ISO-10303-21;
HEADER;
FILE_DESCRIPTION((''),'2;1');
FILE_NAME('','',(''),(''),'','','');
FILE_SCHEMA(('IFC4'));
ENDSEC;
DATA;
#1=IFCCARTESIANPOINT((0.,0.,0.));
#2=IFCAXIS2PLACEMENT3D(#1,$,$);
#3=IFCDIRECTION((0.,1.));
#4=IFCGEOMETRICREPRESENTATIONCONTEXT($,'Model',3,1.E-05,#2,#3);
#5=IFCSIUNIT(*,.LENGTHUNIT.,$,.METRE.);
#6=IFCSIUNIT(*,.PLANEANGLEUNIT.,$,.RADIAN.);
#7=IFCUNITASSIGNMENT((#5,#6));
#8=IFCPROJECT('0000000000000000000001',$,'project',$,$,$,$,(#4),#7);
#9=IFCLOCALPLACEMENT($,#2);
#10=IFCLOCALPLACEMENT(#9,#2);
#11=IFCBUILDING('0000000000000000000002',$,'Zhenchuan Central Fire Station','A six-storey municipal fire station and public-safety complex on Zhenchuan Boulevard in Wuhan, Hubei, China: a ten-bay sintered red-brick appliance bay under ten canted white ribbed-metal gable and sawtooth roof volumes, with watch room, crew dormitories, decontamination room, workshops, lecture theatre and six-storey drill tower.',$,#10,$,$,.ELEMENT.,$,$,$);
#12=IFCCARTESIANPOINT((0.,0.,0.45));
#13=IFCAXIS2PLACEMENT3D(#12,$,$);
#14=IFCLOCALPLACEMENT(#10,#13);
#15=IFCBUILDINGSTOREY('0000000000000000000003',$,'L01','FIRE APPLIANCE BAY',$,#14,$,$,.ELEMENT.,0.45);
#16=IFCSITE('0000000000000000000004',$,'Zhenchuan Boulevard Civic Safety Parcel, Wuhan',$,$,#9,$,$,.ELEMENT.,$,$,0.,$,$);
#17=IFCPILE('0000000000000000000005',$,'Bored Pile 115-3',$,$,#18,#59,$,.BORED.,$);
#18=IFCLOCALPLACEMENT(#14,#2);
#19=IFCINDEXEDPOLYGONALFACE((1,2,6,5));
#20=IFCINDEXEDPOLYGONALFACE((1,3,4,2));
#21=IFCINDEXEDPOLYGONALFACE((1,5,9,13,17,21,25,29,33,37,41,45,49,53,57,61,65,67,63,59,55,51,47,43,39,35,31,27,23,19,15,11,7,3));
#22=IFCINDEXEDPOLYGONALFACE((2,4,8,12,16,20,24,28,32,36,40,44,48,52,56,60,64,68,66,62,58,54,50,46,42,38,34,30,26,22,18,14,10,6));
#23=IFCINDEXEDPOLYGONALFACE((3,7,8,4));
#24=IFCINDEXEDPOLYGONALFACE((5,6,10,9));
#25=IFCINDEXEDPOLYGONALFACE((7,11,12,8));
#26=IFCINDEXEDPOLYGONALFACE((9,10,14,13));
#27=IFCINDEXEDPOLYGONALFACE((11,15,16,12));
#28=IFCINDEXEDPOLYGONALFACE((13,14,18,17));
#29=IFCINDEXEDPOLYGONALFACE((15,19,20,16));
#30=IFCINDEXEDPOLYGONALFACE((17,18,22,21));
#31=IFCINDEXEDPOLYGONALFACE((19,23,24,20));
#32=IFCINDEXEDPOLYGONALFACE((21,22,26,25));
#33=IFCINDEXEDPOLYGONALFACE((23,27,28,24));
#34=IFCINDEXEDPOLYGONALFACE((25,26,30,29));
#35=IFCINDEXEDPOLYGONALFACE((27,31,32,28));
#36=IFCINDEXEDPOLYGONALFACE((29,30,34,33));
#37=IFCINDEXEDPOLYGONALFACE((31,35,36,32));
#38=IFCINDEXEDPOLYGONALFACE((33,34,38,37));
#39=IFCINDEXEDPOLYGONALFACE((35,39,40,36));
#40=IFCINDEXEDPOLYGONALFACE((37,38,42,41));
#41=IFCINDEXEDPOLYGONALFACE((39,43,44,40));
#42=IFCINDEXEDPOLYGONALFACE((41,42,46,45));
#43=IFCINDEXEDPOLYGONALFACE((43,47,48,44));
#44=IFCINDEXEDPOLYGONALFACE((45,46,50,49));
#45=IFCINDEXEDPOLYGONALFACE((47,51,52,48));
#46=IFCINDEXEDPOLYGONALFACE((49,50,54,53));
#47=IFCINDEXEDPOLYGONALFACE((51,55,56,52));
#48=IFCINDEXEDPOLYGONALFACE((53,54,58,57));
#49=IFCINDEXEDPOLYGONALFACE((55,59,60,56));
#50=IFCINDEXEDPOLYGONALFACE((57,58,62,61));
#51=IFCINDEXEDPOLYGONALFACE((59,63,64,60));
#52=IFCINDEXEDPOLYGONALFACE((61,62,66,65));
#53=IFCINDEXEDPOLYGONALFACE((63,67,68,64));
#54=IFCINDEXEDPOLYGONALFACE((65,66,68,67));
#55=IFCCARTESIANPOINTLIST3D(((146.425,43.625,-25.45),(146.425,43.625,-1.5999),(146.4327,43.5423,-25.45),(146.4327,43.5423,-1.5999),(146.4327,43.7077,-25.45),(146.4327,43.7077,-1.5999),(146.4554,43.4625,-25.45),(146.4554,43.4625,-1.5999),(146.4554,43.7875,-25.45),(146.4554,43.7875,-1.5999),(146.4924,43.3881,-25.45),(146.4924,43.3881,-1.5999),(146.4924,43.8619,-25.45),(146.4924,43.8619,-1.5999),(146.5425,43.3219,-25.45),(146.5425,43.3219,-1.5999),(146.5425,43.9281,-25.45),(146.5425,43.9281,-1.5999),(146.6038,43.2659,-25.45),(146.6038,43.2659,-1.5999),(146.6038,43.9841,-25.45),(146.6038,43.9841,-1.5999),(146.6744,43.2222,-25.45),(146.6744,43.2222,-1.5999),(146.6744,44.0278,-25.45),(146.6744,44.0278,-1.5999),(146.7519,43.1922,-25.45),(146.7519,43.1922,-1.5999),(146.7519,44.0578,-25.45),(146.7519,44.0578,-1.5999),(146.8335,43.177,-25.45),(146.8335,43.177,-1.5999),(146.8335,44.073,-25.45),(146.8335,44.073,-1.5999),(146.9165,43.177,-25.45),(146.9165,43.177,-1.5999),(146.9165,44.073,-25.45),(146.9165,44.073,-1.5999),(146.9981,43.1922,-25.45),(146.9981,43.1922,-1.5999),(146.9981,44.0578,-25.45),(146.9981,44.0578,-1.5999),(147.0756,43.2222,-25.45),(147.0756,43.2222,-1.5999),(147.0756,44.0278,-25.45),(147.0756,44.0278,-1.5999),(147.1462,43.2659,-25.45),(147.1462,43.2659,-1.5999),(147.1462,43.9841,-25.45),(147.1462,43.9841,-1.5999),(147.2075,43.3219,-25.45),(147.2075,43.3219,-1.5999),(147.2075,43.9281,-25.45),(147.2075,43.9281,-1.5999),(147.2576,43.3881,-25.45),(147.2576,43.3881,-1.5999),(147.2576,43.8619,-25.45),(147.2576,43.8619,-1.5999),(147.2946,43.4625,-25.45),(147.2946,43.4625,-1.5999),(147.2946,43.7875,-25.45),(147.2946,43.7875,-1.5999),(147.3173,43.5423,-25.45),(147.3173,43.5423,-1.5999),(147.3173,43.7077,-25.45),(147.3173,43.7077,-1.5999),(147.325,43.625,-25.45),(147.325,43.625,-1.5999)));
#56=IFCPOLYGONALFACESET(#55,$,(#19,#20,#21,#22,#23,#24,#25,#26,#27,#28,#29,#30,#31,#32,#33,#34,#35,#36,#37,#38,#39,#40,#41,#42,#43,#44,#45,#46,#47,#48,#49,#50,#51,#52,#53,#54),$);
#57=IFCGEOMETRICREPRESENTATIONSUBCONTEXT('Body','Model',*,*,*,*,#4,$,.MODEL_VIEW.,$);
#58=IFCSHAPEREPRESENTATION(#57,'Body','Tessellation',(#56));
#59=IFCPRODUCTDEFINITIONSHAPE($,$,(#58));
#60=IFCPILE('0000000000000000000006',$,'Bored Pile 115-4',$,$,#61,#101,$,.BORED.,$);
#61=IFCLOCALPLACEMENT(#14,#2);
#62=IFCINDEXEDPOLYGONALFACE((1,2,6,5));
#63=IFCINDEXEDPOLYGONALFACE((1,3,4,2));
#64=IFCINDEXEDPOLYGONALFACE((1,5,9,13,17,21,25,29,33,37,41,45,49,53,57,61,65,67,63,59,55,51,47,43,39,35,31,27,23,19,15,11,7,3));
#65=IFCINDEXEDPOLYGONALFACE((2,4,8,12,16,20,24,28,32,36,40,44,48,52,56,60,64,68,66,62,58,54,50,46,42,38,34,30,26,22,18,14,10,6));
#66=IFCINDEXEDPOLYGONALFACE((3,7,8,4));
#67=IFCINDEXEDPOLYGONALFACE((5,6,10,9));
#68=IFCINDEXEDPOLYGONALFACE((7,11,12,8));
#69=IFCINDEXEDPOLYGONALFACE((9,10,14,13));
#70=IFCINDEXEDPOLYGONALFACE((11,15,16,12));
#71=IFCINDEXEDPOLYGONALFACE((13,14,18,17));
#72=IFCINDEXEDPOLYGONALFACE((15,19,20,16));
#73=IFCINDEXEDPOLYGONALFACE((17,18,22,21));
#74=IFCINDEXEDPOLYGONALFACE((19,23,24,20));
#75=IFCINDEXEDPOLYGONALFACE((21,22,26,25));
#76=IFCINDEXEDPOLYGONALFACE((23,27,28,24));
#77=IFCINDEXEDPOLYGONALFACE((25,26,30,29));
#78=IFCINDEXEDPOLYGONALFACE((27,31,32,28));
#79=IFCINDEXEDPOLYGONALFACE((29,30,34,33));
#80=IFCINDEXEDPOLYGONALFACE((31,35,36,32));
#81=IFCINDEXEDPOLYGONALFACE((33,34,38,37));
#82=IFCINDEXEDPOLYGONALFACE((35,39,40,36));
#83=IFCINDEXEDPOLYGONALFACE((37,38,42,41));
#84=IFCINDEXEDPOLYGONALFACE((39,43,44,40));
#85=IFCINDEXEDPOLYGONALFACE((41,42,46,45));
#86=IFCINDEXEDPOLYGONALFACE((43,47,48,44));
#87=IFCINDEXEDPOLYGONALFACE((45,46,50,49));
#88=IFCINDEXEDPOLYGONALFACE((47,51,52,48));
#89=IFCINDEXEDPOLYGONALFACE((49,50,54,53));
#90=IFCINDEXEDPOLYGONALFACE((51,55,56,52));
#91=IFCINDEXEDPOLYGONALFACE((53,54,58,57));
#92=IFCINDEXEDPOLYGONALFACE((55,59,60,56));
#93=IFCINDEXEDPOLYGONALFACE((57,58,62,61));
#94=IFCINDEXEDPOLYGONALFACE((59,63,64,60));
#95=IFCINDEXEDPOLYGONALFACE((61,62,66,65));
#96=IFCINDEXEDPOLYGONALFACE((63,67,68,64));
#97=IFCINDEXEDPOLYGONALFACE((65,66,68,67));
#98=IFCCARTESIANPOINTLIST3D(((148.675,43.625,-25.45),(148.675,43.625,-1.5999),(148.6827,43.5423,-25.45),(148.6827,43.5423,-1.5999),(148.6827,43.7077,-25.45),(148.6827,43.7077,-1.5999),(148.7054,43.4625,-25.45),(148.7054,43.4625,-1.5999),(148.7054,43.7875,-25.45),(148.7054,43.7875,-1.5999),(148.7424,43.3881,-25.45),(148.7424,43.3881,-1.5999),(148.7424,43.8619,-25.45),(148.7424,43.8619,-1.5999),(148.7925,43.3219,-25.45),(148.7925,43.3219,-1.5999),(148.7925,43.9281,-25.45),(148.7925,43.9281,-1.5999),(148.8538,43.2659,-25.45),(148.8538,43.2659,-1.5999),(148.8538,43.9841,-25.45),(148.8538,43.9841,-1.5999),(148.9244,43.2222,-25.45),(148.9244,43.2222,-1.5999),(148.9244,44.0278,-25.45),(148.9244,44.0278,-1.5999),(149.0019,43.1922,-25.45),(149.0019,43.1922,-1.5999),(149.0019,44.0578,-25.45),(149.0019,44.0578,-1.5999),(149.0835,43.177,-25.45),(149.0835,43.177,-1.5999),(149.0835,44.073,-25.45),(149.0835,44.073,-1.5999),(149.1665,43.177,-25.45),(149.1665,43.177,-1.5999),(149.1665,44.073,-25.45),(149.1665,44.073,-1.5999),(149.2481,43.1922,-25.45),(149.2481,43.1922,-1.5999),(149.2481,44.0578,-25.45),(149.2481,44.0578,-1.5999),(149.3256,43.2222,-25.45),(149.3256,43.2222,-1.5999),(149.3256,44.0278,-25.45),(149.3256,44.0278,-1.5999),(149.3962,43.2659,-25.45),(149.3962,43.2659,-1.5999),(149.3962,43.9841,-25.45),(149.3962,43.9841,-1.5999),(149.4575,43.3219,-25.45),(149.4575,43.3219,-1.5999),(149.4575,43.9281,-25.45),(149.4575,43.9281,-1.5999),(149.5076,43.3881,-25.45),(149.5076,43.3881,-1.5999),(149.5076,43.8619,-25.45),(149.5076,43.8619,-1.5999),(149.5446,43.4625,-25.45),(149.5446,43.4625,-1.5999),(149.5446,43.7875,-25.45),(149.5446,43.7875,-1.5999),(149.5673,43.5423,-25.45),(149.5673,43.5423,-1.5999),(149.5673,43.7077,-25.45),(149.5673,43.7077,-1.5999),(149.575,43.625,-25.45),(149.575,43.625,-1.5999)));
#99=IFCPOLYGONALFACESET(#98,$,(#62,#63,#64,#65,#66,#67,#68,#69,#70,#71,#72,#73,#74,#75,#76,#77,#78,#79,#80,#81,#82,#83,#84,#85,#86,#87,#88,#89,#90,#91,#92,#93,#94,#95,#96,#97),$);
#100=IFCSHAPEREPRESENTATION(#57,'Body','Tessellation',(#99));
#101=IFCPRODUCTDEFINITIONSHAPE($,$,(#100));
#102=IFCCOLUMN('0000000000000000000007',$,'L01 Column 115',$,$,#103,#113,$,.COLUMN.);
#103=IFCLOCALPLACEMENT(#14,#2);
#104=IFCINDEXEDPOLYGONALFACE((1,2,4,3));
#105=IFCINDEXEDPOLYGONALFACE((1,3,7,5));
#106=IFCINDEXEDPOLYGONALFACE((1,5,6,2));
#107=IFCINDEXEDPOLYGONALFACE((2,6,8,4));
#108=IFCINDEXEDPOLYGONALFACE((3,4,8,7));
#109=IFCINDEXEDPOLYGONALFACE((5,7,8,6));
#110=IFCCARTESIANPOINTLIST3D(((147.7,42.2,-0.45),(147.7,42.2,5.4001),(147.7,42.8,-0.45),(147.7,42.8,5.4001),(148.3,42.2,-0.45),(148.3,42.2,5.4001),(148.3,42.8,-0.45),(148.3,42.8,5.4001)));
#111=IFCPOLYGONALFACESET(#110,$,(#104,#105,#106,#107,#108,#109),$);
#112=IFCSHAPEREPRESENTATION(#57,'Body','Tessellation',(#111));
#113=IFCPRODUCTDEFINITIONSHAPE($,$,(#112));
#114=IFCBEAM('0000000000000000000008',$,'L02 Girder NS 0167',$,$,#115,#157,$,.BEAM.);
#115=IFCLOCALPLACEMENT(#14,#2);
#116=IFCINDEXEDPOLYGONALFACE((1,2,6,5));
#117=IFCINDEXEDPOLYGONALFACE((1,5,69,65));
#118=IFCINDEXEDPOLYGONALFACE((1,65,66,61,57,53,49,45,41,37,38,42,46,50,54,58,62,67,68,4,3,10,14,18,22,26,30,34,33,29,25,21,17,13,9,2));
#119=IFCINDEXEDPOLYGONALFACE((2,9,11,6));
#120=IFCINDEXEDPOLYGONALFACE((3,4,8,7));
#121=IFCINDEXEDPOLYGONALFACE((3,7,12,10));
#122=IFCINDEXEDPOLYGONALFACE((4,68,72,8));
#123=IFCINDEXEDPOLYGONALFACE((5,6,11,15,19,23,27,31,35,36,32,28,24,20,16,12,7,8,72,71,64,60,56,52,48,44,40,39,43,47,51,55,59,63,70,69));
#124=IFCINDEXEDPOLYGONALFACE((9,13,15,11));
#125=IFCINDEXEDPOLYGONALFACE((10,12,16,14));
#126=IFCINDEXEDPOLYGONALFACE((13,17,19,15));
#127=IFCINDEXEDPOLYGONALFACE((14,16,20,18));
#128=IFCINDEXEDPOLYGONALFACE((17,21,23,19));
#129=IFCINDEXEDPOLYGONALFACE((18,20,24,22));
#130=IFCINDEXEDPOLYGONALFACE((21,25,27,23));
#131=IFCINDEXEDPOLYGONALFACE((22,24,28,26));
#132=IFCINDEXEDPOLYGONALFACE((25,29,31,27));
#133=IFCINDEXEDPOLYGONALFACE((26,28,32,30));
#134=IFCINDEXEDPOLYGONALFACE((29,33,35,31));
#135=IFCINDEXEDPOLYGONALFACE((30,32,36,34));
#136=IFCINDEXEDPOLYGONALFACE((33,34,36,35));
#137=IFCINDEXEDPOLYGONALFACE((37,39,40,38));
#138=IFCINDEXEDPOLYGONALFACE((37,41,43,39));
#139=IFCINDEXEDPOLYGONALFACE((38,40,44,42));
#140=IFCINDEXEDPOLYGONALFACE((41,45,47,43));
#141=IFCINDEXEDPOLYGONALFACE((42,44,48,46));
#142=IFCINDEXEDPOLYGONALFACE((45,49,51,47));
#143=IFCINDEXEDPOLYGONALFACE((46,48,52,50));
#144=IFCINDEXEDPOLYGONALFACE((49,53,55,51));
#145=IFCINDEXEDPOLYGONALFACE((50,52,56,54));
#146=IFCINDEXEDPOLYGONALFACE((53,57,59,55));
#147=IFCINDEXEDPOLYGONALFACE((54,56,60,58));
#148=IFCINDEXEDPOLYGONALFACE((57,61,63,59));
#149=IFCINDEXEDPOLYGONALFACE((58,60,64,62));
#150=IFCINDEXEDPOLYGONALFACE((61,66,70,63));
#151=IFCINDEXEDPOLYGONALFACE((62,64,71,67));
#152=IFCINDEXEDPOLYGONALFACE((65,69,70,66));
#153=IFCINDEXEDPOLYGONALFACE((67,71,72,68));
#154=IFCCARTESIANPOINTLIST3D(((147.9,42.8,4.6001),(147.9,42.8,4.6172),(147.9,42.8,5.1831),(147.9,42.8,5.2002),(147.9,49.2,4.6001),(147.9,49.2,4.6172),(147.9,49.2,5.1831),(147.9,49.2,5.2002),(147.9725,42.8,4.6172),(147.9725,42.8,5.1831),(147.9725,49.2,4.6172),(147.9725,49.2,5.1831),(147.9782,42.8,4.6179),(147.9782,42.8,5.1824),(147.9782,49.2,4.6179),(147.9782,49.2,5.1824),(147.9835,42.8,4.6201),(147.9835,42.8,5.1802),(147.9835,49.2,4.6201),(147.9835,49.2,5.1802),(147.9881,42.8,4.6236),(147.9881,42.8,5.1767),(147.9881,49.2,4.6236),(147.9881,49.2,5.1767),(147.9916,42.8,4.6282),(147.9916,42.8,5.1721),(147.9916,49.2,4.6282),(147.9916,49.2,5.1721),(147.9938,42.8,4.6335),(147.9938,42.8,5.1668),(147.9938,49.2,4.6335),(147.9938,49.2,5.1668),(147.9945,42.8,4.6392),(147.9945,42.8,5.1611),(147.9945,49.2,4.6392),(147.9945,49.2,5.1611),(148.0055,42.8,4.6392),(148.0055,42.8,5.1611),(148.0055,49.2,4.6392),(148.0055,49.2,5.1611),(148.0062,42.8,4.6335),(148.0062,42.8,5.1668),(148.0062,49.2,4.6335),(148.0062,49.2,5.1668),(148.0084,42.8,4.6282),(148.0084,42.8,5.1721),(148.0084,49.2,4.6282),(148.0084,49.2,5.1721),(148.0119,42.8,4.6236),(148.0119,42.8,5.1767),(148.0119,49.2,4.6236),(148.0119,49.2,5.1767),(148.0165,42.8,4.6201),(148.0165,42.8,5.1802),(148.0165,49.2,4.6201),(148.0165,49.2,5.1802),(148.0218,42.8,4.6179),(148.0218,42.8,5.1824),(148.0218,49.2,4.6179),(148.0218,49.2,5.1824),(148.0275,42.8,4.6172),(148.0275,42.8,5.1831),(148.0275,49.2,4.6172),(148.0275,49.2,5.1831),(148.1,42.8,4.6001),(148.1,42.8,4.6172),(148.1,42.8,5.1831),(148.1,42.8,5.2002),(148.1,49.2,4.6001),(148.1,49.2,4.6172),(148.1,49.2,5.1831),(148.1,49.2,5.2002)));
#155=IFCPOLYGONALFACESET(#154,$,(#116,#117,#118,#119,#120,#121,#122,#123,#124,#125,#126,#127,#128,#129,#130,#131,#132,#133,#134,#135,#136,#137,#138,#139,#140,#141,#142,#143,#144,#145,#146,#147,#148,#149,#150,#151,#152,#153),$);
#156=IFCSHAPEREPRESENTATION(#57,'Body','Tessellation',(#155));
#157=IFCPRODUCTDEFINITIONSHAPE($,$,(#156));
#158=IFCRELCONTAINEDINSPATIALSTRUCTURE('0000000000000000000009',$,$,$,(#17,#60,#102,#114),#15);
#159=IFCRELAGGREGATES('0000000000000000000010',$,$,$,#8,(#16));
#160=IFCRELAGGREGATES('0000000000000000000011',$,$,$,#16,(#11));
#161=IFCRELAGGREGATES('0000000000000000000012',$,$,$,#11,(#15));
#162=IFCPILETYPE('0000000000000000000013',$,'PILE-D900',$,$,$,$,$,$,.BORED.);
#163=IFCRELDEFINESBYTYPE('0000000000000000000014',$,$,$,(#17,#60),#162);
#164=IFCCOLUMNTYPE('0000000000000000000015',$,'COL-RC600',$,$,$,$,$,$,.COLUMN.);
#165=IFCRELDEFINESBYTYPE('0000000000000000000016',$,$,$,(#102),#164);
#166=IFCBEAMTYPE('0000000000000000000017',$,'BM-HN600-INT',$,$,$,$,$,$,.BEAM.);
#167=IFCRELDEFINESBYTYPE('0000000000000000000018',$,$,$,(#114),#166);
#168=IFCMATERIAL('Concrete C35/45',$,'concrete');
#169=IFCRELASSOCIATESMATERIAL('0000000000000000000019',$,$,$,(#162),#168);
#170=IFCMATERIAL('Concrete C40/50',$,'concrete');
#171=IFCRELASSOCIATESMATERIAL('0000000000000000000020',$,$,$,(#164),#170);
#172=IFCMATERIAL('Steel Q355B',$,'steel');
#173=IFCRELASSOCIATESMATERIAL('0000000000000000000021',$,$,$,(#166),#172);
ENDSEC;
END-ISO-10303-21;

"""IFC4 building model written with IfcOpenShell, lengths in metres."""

from ifc_helpers import new_model, si_unit, direction, frame, origin, origin_2d, place, context, subcontext, project, spatial, rectangle, circle, i_section, extrude, material, material_profile, profile_set, type_object, element, save


model = new_model("IFC4")

# Units and contexts
model_context = context("Model", 3, precision=1e-05, world=origin(), true_north=direction((0.0, 1.0)))
body_context = subcontext(model_context, "Body", "Model", "MODEL_VIEW")
ifc_project = project(units=[si_unit("LENGTHUNIT", "METRE"), si_unit("PLANEANGLEUNIT", "RADIAN")], contexts=[model_context])

# Site, building, storey
site_placement = place(None, origin())
site = spatial("IfcSite", under=ifc_project, at=site_placement, Name="Zhenchuan Boulevard Civic Safety Parcel, Wuhan", CompositionType="ELEMENT", RefElevation=0.0)
building_placement = place(site_placement, origin())
building = spatial("IfcBuilding", under=site, at=building_placement, Name="Zhenchuan Central Fire Station", Description="A six-storey municipal fire station and public-safety complex on Zhenchuan Boulevard in Wuhan, Hubei, China: a ten-bay sintered red-brick appliance bay under ten canted white ribbed-metal gable and sawtooth roof volumes, with watch room, crew dormitories, decontamination room, workshops, lecture theatre and six-storey drill tower.", CompositionType="ELEMENT")
storey_placement = place(building_placement, frame((0.0, 0.0, 0.45)))
storey = spatial("IfcBuildingStorey", under=building, at=storey_placement, Name="L01", Description="FIRE APPLIANCE BAY", CompositionType="ELEMENT", Elevation=0.45)

# Shared definitions
ifc_material_1 = material(Name="Concrete C40/50", Category="concrete")

# Piles
ifc_material_2 = material(Name="Concrete C35/45", Category="concrete")
ifc_material_profile_1 = material_profile(ifc_material_2, circle(Radius=0.45, at=origin_2d()), Name="PILE D900")
ifc_profile_set_1 = profile_set([ifc_material_profile_1], Name="Concrete C35/45")
pile_type_1 = type_object("IfcPileType", Name="PILE-D900", PredefinedType="BORED", material=ifc_profile_set_1)
for number, where, z_axis, x_axis, name in (
    (1, (146.875, 43.625, -1.5999), (0.0, 0.0, -1.0), (1.0, 0.0, 0.0), "Bored Pile 115-3"),
    (2, (149.125, 43.625, -1.5999), (0.0, 0.0, -1.0), (1.0, 0.0, 0.0), "Bored Pile 115-4"),
):
    element("IfcPile", number, at=place(storey_placement, frame(where, z_axis=z_axis, x_axis=x_axis)), inside=storey, type_object=pile_type_1, Name=name, PredefinedType="BORED", context=body_context, shape_type="SweptSolid", body=[
        extrude(circle(Radius=0.45, at=origin_2d()), origin(), (0.0, 0.0, 1.0), 23.8501),
    ])

# Column
ifc_material_profile_2 = material_profile(ifc_material_1, rectangle(XDim=0.6001, YDim=0.6001, at=origin_2d()), Name="RC 600x600")
ifc_profile_set_2 = profile_set([ifc_material_profile_2], Name="Concrete C40/50")
column_type = type_object("IfcColumnType", Name="COL-RC600", PredefinedType="COLUMN", material=ifc_profile_set_2)
column_placement = place(storey_placement, frame((148.0, 42.5, -0.45), z_axis=(0.0, 0.0, 1.0), x_axis=(1.0, 0.0, 0.0)))
element("IfcColumn", 3, at=column_placement, inside=storey, type_object=column_type, Name="L01 Column 115", PredefinedType="COLUMN", context=body_context, shape_type="SweptSolid", body=[
    extrude(rectangle(XDim=0.6001, YDim=0.6001, at=origin_2d()), origin(), (0.0, 0.0, 1.0), 5.8501),
])

# Beam
ifc_material_3 = material(Name="Steel Q355B", Category="steel")
ifc_material_profile_3 = material_profile(ifc_material_3, i_section(OverallWidth=0.2, OverallDepth=0.6001, WebThickness=0.011, FlangeThickness=0.0171, FilletRadius=0.022, at=origin_2d()), Name="HN 600x200")
ifc_profile_set_3 = profile_set([ifc_material_profile_3], Name="Steel Q355B")
beam_type_1 = type_object("IfcBeamType", Name="BM-HN600-INT", PredefinedType="BEAM", material=ifc_profile_set_3)
beam_1_placement = place(storey_placement, frame((148.0, 42.8, 4.9001), z_axis=(0.0, 1.0, 0.0), x_axis=(-1.0, 0.0, 0.0)))
element("IfcBeam", 4, at=beam_1_placement, inside=storey, type_object=beam_type_1, Name="L02 Girder NS 0167", PredefinedType="BEAM", context=body_context, shape_type="SweptSolid", body=[
    extrude(i_section(OverallWidth=0.2, OverallDepth=0.6001, WebThickness=0.011, FlangeThickness=0.0171, FilletRadius=0.022, at=origin_2d()), origin(), (0.0, 0.0, 1.0), 6.3999),
])

save(model, "model.ifc")
